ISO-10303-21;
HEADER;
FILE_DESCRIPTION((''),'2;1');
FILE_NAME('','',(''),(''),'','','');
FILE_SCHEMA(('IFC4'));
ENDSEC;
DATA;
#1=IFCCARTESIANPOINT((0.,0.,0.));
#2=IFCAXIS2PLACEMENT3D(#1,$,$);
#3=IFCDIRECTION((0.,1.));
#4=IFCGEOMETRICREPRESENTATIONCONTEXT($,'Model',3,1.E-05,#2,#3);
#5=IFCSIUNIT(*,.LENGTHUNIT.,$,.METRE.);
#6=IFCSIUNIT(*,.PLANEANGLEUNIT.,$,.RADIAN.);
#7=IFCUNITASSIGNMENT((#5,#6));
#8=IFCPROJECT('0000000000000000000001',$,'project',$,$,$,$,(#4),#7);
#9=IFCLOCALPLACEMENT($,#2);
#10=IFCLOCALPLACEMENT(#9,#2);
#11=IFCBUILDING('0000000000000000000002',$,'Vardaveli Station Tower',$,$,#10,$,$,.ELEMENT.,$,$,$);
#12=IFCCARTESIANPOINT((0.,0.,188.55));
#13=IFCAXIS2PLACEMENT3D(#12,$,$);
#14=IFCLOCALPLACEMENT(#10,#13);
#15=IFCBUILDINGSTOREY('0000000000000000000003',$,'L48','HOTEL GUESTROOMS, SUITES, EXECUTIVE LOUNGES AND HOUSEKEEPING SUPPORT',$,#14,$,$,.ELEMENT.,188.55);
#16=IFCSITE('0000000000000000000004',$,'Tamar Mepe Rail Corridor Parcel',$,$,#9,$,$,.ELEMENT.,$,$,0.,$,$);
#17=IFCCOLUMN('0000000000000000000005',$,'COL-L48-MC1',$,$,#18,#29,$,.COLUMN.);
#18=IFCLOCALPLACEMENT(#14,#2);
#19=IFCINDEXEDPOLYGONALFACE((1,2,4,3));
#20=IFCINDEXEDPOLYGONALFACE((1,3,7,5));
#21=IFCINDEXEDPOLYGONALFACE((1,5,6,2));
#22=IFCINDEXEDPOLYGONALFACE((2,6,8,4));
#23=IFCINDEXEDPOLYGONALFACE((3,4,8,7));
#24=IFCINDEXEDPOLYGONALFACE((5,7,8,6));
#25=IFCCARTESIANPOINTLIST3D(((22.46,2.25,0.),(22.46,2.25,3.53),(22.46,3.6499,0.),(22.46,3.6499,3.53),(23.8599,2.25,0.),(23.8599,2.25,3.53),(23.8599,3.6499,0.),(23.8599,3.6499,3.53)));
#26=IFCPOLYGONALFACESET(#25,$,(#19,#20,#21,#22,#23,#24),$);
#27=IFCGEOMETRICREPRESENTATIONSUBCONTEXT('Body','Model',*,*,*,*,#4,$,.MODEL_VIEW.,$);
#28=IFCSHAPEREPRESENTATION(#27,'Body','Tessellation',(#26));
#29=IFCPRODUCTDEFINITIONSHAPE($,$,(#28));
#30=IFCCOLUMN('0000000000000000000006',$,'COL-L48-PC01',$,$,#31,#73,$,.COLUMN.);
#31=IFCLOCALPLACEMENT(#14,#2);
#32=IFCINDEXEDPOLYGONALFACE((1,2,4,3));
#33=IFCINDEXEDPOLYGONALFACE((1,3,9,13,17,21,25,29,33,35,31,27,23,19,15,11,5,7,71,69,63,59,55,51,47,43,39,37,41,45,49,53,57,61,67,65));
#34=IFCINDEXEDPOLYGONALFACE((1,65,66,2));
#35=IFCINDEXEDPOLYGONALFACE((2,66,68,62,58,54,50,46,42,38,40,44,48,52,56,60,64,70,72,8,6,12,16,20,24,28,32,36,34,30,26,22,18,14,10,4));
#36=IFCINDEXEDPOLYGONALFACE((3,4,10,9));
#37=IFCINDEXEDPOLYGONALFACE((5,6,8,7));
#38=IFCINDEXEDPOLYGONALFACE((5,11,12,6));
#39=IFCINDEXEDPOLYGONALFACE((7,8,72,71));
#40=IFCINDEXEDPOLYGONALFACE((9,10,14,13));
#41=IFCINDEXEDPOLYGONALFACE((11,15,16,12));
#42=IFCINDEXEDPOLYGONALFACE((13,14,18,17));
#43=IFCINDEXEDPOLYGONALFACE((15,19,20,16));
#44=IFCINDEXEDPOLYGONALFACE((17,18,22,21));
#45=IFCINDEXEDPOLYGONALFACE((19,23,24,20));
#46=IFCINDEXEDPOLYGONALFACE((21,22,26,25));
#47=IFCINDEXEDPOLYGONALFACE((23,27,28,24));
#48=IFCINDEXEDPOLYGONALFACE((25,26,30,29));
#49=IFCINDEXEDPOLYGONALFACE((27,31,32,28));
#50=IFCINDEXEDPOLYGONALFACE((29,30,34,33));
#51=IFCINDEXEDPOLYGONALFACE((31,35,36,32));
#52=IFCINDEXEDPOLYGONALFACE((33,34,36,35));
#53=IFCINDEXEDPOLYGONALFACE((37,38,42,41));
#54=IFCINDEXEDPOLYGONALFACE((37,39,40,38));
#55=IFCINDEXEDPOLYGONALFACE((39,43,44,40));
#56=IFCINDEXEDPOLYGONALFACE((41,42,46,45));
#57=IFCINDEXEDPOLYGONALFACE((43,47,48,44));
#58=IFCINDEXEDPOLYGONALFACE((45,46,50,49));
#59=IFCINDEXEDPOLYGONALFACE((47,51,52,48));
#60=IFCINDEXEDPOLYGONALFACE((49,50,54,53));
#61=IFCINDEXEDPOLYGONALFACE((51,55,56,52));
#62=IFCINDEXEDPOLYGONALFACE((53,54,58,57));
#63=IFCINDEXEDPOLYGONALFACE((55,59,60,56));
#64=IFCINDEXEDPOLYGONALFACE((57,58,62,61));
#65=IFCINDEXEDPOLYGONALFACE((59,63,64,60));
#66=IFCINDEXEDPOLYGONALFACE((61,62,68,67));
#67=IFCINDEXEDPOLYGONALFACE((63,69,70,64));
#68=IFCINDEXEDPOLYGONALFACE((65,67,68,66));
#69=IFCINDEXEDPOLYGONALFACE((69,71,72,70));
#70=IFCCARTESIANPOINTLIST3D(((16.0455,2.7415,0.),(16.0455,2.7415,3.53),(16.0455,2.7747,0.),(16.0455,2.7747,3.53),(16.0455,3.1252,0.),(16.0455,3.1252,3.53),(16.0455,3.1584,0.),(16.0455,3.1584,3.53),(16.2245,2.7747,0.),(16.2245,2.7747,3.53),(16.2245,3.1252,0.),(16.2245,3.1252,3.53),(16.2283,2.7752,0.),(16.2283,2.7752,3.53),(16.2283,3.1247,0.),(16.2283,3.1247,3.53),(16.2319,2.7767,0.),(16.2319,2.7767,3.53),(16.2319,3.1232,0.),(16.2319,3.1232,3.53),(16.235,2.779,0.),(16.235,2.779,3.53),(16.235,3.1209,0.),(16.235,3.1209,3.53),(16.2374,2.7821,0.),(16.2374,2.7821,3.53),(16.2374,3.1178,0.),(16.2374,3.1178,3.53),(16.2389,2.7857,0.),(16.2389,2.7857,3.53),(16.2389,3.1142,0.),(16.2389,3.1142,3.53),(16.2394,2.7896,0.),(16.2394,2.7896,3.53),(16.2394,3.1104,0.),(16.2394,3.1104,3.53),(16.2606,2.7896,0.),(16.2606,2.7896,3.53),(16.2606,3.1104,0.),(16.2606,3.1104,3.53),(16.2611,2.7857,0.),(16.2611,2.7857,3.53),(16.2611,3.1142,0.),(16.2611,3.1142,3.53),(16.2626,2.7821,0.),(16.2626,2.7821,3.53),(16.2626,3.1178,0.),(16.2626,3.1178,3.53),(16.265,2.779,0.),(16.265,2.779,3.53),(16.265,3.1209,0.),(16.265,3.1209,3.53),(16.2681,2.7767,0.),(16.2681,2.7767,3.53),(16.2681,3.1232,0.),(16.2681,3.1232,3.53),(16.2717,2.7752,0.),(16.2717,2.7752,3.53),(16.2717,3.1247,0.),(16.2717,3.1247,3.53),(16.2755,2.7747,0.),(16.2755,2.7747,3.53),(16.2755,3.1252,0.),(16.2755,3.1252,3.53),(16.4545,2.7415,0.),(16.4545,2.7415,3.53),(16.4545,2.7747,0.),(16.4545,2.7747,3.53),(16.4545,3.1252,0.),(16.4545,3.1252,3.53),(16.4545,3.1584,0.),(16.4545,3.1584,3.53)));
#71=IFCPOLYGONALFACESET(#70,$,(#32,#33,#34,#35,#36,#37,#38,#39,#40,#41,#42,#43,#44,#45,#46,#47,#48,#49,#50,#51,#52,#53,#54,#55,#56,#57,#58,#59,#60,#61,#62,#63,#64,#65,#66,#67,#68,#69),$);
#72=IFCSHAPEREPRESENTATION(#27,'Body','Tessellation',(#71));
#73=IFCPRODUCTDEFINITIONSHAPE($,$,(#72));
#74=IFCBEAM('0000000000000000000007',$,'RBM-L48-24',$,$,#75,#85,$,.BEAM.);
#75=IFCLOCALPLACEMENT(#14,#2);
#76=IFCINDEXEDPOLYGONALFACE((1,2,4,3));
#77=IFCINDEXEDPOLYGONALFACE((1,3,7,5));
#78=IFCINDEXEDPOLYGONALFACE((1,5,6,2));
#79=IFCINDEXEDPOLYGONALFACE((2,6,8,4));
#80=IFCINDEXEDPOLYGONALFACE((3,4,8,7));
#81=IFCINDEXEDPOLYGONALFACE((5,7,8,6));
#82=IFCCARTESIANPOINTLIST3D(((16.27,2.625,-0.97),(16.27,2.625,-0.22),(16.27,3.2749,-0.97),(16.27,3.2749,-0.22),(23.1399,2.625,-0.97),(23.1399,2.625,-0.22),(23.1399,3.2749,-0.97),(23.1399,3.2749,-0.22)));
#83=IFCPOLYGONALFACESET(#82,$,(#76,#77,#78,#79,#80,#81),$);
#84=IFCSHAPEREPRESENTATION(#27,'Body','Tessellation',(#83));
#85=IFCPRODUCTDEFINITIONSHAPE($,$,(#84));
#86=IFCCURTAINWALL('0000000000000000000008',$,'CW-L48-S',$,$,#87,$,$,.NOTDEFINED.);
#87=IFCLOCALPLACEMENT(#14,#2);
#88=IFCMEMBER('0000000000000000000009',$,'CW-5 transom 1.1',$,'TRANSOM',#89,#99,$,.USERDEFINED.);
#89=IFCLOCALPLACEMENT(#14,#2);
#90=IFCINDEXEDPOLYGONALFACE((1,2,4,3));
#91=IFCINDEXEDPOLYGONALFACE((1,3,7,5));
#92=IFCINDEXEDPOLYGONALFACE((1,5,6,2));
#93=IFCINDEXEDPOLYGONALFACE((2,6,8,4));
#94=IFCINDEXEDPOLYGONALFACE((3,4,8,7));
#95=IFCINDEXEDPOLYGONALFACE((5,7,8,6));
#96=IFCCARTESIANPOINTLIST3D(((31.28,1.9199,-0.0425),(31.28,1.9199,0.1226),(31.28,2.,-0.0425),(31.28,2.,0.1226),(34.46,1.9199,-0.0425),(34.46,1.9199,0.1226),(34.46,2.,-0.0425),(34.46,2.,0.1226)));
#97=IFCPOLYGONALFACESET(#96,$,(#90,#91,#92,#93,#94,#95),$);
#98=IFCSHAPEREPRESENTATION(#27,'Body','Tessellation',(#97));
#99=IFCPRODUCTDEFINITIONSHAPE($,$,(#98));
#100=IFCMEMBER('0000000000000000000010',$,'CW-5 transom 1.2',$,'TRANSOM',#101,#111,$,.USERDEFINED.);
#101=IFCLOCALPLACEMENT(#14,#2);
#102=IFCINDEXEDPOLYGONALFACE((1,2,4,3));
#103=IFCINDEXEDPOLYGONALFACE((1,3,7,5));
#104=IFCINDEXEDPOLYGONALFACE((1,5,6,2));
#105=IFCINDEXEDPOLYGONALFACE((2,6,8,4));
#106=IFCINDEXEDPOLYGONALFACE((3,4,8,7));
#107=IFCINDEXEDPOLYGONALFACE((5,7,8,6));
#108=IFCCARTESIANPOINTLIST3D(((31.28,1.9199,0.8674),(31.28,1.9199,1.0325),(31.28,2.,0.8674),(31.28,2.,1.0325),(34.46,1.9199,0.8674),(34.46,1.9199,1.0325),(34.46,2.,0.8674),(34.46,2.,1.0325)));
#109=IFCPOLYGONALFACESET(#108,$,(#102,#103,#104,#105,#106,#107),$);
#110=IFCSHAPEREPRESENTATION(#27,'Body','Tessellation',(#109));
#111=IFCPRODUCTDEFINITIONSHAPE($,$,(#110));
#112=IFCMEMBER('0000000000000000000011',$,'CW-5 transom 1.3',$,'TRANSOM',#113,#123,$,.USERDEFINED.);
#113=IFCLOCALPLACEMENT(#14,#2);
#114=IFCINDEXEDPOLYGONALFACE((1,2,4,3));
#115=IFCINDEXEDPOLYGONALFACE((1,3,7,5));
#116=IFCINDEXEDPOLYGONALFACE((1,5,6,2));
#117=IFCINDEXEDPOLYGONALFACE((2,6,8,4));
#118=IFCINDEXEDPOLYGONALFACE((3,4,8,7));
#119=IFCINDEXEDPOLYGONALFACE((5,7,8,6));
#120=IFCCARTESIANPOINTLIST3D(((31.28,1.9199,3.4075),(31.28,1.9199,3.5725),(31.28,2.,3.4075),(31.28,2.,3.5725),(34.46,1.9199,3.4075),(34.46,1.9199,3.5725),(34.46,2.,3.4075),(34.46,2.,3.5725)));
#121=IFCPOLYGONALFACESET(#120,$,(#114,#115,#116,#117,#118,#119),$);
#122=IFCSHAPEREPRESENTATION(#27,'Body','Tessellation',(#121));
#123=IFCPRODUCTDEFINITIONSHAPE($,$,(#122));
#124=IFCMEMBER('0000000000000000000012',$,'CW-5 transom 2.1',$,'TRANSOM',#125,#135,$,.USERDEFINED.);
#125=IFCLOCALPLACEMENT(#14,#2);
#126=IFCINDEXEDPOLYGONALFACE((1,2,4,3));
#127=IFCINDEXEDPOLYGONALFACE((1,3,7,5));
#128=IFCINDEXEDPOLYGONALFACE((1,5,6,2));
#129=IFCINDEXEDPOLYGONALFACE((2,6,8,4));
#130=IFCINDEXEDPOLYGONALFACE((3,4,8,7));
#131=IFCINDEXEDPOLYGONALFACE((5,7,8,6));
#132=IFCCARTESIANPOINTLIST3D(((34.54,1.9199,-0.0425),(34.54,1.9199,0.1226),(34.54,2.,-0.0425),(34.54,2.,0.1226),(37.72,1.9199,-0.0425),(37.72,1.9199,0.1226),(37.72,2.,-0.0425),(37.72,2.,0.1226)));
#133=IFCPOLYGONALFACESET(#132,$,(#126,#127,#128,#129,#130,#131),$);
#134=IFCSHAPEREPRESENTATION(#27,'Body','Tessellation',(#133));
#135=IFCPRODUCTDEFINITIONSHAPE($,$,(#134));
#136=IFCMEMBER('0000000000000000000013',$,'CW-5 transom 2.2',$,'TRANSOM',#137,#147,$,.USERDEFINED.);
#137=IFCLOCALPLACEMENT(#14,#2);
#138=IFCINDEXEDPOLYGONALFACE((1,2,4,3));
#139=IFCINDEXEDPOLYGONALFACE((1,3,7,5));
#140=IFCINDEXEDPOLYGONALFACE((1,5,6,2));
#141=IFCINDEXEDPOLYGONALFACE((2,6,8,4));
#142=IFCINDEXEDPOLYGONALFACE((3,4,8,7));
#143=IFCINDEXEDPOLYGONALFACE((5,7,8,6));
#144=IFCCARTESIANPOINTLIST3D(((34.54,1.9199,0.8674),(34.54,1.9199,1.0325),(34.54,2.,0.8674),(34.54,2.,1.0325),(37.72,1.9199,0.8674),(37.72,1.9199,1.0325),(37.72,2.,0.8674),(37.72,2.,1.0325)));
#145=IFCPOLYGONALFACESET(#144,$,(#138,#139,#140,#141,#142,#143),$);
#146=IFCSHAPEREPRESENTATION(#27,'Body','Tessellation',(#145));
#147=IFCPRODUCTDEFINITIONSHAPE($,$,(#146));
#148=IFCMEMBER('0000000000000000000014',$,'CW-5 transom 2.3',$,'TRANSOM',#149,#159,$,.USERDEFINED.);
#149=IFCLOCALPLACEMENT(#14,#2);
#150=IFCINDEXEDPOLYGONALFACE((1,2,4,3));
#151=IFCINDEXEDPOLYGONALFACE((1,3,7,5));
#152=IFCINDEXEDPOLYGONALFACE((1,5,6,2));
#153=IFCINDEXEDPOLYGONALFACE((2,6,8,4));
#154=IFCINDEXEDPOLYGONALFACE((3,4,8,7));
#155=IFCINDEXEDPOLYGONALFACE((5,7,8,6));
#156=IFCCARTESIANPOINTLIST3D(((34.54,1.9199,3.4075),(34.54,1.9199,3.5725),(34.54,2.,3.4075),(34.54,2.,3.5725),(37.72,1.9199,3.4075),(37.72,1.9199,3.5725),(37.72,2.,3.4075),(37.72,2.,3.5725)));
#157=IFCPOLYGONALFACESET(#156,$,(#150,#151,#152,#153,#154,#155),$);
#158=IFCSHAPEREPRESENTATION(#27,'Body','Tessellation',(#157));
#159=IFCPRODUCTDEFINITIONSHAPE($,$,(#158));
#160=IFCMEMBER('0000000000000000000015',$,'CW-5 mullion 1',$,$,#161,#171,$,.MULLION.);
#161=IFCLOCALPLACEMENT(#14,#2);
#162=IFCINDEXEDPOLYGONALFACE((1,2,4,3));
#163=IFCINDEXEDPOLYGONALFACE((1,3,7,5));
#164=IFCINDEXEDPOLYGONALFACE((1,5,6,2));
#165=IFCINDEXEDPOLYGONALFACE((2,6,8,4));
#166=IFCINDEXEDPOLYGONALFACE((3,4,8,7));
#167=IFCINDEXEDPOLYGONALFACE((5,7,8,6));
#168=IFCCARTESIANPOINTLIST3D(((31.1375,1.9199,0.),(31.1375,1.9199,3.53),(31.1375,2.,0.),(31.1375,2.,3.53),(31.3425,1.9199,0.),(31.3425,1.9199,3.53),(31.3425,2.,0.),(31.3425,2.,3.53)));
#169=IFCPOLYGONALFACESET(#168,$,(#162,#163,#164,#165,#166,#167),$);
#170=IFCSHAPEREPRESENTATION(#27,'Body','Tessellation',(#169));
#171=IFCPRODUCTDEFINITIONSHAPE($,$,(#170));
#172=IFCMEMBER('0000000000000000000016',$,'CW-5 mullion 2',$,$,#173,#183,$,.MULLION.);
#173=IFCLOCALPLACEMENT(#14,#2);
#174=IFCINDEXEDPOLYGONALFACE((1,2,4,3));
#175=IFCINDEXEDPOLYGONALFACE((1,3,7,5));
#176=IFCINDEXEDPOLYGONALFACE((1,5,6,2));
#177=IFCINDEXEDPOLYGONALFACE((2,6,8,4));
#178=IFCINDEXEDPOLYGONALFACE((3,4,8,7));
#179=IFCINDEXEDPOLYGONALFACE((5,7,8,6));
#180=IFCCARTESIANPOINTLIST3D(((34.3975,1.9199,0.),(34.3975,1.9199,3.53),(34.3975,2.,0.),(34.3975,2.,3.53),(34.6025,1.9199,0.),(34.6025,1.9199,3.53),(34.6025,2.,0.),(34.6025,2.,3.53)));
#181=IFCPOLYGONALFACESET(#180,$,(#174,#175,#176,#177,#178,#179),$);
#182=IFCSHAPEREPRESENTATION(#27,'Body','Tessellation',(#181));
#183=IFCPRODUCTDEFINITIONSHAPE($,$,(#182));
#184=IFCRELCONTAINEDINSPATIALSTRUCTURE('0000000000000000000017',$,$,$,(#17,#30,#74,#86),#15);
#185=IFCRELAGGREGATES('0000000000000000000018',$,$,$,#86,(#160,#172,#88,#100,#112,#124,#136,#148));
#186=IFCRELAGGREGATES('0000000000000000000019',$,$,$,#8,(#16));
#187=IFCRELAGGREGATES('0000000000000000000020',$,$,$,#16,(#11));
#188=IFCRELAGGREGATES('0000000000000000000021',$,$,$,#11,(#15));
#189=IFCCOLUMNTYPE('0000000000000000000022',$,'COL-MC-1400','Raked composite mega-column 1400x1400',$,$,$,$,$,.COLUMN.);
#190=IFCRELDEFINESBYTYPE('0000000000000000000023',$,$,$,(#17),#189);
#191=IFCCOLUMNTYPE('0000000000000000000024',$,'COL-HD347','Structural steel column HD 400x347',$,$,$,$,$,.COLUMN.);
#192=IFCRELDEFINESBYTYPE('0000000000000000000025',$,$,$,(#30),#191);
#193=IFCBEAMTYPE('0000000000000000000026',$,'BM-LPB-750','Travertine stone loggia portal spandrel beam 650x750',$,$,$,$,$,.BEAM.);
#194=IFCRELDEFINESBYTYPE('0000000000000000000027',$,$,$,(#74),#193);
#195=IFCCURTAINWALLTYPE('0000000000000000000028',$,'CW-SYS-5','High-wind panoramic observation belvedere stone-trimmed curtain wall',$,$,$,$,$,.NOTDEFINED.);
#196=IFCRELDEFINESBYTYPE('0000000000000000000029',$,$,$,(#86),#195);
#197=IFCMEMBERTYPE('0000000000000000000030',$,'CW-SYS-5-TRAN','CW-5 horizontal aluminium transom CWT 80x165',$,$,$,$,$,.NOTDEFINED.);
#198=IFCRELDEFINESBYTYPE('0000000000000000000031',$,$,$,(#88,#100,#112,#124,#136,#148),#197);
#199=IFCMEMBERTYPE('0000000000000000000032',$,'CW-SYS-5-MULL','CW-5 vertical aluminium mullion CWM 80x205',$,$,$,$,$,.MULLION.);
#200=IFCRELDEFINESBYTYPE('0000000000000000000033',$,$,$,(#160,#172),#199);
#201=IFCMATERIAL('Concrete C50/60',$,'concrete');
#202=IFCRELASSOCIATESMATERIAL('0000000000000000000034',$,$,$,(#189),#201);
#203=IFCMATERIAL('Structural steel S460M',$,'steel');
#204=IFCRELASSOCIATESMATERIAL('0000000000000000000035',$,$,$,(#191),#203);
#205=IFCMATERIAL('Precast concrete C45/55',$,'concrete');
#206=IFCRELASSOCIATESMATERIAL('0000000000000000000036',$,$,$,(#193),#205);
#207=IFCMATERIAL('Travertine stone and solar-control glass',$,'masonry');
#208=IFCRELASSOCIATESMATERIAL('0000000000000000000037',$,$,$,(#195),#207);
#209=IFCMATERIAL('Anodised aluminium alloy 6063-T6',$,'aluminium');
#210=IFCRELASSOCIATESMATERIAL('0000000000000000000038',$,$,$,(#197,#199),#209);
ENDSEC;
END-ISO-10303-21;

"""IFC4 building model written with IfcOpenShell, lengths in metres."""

from ifc_helpers import new_model, si_unit, direction, frame, origin, origin_2d, place, context, subcontext, project, spatial, rectangle, i_section, extrude, source, transform, mapped, material, material_profile, profile_set, type_object, element, aggregate, save


model = new_model("IFC4")

# Units and contexts
model_context = context("Model", 3, precision=1e-05, world=origin(), true_north=direction((0.0, 1.0)))
body_context = subcontext(model_context, "Body", "Model", "MODEL_VIEW")
ifc_project = project(units=[si_unit("LENGTHUNIT", "METRE"), si_unit("PLANEANGLEUNIT", "RADIAN")], contexts=[model_context])

# Site, building, storey
site_placement = place(None, origin())
site = spatial("IfcSite", under=ifc_project, at=site_placement, Name="Tamar Mepe Rail Corridor Parcel", CompositionType="ELEMENT", RefElevation=0.0)
building_placement = place(site_placement, origin())
building = spatial("IfcBuilding", under=site, at=building_placement, Name="Vardaveli Station Tower", CompositionType="ELEMENT")
storey_placement = place(building_placement, frame((0.0, 0.0, 188.55)))
storey = spatial("IfcBuildingStorey", under=building, at=storey_placement, Name="L48", Description="HOTEL GUESTROOMS, SUITES, EXECUTIVE LOUNGES AND HOUSEKEEPING SUPPORT", CompositionType="ELEMENT", Elevation=188.55)

# Columns
ifc_material_1 = material(Name="Concrete C50/60", Category="concrete")
ifc_material_profile_1 = material_profile(ifc_material_1, rectangle(XDim=1.3999, YDim=1.3999, at=origin_2d()), Name="MC 1400x1400")
ifc_profile_set_1 = profile_set([ifc_material_profile_1], Name="Concrete C50/60")
column_type_1 = type_object("IfcColumnType", Name="COL-MC-1400", Description="Raked composite mega-column 1400x1400", PredefinedType="COLUMN", material=ifc_profile_set_1)
shared_shape_1 = source(origin(), body_context, "Body", "SweptSolid", [
    extrude(rectangle(XDim=1.3999, YDim=1.3999, at=origin_2d()), origin(), (0.0, 0.0, 1.0), 3.53),
])
column_1_placement = place(storey_placement, frame((23.1599, 2.95, 0.0), z_axis=(0.0, 0.0, 1.0), x_axis=(1.0, 0.0, 0.0)))
element("IfcColumn", 1, at=column_1_placement, inside=storey, type_object=column_type_1, Name="COL-L48-MC1", PredefinedType="COLUMN", context=body_context, shape_type="MappedRepresentation", body=[
    mapped(shared_shape_1, transform((0.0, 0.0, 0.0), scale=1.0)),
])
ifc_material_2 = material(Name="Structural steel S460M", Category="steel")
ifc_material_profile_2 = material_profile(ifc_material_2, i_section(OverallWidth=0.4089, OverallDepth=0.417, WebThickness=0.0212, FlangeThickness=0.0332, FilletRadius=0.0149, at=origin_2d()), Name="HD 400x347")
ifc_profile_set_2 = profile_set([ifc_material_profile_2], Name="Structural steel S460M")
column_type_2 = type_object("IfcColumnType", Name="COL-HD347", Description="Structural steel column HD 400x347", PredefinedType="COLUMN", material=ifc_profile_set_2)
shared_shape_2 = source(origin(), body_context, "Body", "SweptSolid", [
    extrude(i_section(OverallWidth=0.4089, OverallDepth=0.417, WebThickness=0.0212, FlangeThickness=0.0332, FilletRadius=0.0149, at=origin_2d()), origin(), (0.0, 0.0, 1.0), 3.53),
])
column_2_placement = place(storey_placement, frame((16.25, 2.95, 0.0), z_axis=(0.0, 0.0, 1.0), x_axis=(1.0, 0.0, 0.0)))
element("IfcColumn", 2, at=column_2_placement, inside=storey, type_object=column_type_2, Name="COL-L48-PC01", PredefinedType="COLUMN", context=body_context, shape_type="MappedRepresentation", body=[
    mapped(shared_shape_2, transform((0.0, 0.0, 0.0), scale=1.0)),
])

# Beam
ifc_material_3 = material(Name="Precast concrete C45/55", Category="concrete")
ifc_material_profile_3 = material_profile(ifc_material_3, rectangle(XDim=0.6499, YDim=0.75, at=origin_2d()), Name="LPB 650x750")
ifc_profile_set_3 = profile_set([ifc_material_profile_3], Name="Precast concrete C45/55")
beam_type = type_object("IfcBeamType", Name="BM-LPB-750", Description="Travertine stone loggia portal spandrel beam 650x750", PredefinedType="BEAM", material=ifc_profile_set_3)
shared_shape_3 = source(origin(), body_context, "Body", "SweptSolid", [
    extrude(rectangle(XDim=0.6499, YDim=0.75, at=origin_2d()), origin(), (0.0, 0.0, 1.0), 6.8699),
])
beam_placement = place(storey_placement, frame((16.27, 2.95, -0.595), z_axis=(1.0, 0.0, 0.0), x_axis=(0.0, 1.0, 0.0)))
element("IfcBeam", 3, at=beam_placement, inside=storey, type_object=beam_type, Name="RBM-L48-24", PredefinedType="BEAM", context=body_context, shape_type="MappedRepresentation", body=[
    mapped(shared_shape_3, transform((0.0, 0.0, 0.0), scale=1.0)),
])

# Curtain wall, members
ifc_material_4 = material(Name="Travertine stone and solar-control glass", Category="masonry")
curtain_wall_type = type_object("IfcCurtainWallType", Name="CW-SYS-5", Description="High-wind panoramic observation belvedere stone-trimmed curtain wall", PredefinedType="NOTDEFINED", material=ifc_material_4)
curtain_wall_placement = place(storey_placement, origin())
curtain_wall = element("IfcCurtainWall", 4, at=curtain_wall_placement, inside=storey, type_object=curtain_wall_type, Name="CW-L48-S", PredefinedType="NOTDEFINED")
ifc_material_5 = material(Name="Anodised aluminium alloy 6063-T6", Category="aluminium")
ifc_material_profile_4 = material_profile(ifc_material_5, rectangle(XDim=0.0801, YDim=0.165, at=origin_2d()), Name="CWT 80x165")
ifc_profile_set_4 = profile_set([ifc_material_profile_4], Name="Anodised aluminium alloy 6063-T6")
member_type_1 = type_object("IfcMemberType", Name="CW-SYS-5-TRAN", Description="CW-5 horizontal aluminium transom CWT 80x165", PredefinedType="NOTDEFINED", material=ifc_profile_set_4)
shared_shape_4 = source(origin(), body_context, "Body", "SweptSolid", [
    extrude(rectangle(XDim=0.0801, YDim=0.165, at=origin_2d()), origin(), (0.0, 0.0, 1.0), 3.1799),
])
member_1_placement = place(storey_placement, frame((31.28, 1.96, 0.04), z_axis=(1.0, 0.0, 0.0), x_axis=(0.0, 1.0, 0.0)))
member_1 = element("IfcMember", 5, at=member_1_placement, type_object=member_type_1, Name="CW-5 transom 1.1", ObjectType="TRANSOM", PredefinedType="USERDEFINED", context=body_context, shape_type="MappedRepresentation", body=[
    mapped(shared_shape_4, transform((0.0, 0.0, 0.0), scale=1.0)),
])
member_2_placement = place(storey_placement, frame((31.28, 1.96, 0.95), z_axis=(1.0, 0.0, 0.0), x_axis=(0.0, 1.0, 0.0)))
member_2 = element("IfcMember", 6, at=member_2_placement, type_object=member_type_1, Name="CW-5 transom 1.2", ObjectType="TRANSOM", PredefinedType="USERDEFINED", context=body_context, shape_type="MappedRepresentation", body=[
    mapped(shared_shape_4, transform((0.0, 0.0, 0.0), scale=1.0)),
])
member_3_placement = place(storey_placement, frame((31.28, 1.96, 3.49), z_axis=(1.0, 0.0, 0.0), x_axis=(0.0, 1.0, 0.0)))
member_3 = element("IfcMember", 7, at=member_3_placement, type_object=member_type_1, Name="CW-5 transom 1.3", ObjectType="TRANSOM", PredefinedType="USERDEFINED", context=body_context, shape_type="MappedRepresentation", body=[
    mapped(shared_shape_4, transform((0.0, 0.0, 0.0), scale=1.0)),
])
member_4_placement = place(storey_placement, frame((34.54, 1.96, 0.04), z_axis=(1.0, 0.0, 0.0), x_axis=(0.0, 1.0, 0.0)))
member_4 = element("IfcMember", 8, at=member_4_placement, type_object=member_type_1, Name="CW-5 transom 2.1", ObjectType="TRANSOM", PredefinedType="USERDEFINED", context=body_context, shape_type="MappedRepresentation", body=[
    mapped(shared_shape_4, transform((0.0, 0.0, 0.0), scale=1.0)),
])
member_5_placement = place(storey_placement, frame((34.54, 1.96, 0.95), z_axis=(1.0, 0.0, 0.0), x_axis=(0.0, 1.0, 0.0)))
member_5 = element("IfcMember", 9, at=member_5_placement, type_object=member_type_1, Name="CW-5 transom 2.2", ObjectType="TRANSOM", PredefinedType="USERDEFINED", context=body_context, shape_type="MappedRepresentation", body=[
    mapped(shared_shape_4, transform((0.0, 0.0, 0.0), scale=1.0)),
])
member_6_placement = place(storey_placement, frame((34.54, 1.96, 3.49), z_axis=(1.0, 0.0, 0.0), x_axis=(0.0, 1.0, 0.0)))
member_6 = element("IfcMember", 10, at=member_6_placement, type_object=member_type_1, Name="CW-5 transom 2.3", ObjectType="TRANSOM", PredefinedType="USERDEFINED", context=body_context, shape_type="MappedRepresentation", body=[
    mapped(shared_shape_4, transform((0.0, 0.0, 0.0), scale=1.0)),
])
ifc_material_profile_5 = material_profile(ifc_material_5, rectangle(XDim=0.0801, YDim=0.2051, at=origin_2d()), Name="CWM 80x205")
ifc_profile_set_5 = profile_set([ifc_material_profile_5], Name="Anodised aluminium alloy 6063-T6")
member_type_2 = type_object("IfcMemberType", Name="CW-SYS-5-MULL", Description="CW-5 vertical aluminium mullion CWM 80x205", PredefinedType="MULLION", material=ifc_profile_set_5)
shared_shape_5 = source(origin(), body_context, "Body", "SweptSolid", [
    extrude(rectangle(XDim=0.0801, YDim=0.2051, at=origin_2d()), origin(), (0.0, 0.0, 1.0), 3.53),
])
member_7_placement = place(storey_placement, frame((31.24, 1.96, 0.0), z_axis=(0.0, 0.0, 1.0), x_axis=(0.0, 1.0, 0.0)))
member_7 = element("IfcMember", 11, at=member_7_placement, type_object=member_type_2, Name="CW-5 mullion 1", PredefinedType="MULLION", context=body_context, shape_type="MappedRepresentation", body=[
    mapped(shared_shape_5, transform((0.0, 0.0, 0.0), scale=1.0)),
])
member_8_placement = place(storey_placement, frame((34.5, 1.96, 0.0), z_axis=(0.0, 0.0, 1.0), x_axis=(0.0, 1.0, 0.0)))
member_8 = element("IfcMember", 12, at=member_8_placement, type_object=member_type_2, Name="CW-5 mullion 2", PredefinedType="MULLION", context=body_context, shape_type="MappedRepresentation", body=[
    mapped(shared_shape_5, transform((0.0, 0.0, 0.0), scale=1.0)),
])

aggregate(curtain_wall, [member_7, member_8, member_1, member_2, member_3, member_4, member_5, member_6])

save(model, "model.ifc")
